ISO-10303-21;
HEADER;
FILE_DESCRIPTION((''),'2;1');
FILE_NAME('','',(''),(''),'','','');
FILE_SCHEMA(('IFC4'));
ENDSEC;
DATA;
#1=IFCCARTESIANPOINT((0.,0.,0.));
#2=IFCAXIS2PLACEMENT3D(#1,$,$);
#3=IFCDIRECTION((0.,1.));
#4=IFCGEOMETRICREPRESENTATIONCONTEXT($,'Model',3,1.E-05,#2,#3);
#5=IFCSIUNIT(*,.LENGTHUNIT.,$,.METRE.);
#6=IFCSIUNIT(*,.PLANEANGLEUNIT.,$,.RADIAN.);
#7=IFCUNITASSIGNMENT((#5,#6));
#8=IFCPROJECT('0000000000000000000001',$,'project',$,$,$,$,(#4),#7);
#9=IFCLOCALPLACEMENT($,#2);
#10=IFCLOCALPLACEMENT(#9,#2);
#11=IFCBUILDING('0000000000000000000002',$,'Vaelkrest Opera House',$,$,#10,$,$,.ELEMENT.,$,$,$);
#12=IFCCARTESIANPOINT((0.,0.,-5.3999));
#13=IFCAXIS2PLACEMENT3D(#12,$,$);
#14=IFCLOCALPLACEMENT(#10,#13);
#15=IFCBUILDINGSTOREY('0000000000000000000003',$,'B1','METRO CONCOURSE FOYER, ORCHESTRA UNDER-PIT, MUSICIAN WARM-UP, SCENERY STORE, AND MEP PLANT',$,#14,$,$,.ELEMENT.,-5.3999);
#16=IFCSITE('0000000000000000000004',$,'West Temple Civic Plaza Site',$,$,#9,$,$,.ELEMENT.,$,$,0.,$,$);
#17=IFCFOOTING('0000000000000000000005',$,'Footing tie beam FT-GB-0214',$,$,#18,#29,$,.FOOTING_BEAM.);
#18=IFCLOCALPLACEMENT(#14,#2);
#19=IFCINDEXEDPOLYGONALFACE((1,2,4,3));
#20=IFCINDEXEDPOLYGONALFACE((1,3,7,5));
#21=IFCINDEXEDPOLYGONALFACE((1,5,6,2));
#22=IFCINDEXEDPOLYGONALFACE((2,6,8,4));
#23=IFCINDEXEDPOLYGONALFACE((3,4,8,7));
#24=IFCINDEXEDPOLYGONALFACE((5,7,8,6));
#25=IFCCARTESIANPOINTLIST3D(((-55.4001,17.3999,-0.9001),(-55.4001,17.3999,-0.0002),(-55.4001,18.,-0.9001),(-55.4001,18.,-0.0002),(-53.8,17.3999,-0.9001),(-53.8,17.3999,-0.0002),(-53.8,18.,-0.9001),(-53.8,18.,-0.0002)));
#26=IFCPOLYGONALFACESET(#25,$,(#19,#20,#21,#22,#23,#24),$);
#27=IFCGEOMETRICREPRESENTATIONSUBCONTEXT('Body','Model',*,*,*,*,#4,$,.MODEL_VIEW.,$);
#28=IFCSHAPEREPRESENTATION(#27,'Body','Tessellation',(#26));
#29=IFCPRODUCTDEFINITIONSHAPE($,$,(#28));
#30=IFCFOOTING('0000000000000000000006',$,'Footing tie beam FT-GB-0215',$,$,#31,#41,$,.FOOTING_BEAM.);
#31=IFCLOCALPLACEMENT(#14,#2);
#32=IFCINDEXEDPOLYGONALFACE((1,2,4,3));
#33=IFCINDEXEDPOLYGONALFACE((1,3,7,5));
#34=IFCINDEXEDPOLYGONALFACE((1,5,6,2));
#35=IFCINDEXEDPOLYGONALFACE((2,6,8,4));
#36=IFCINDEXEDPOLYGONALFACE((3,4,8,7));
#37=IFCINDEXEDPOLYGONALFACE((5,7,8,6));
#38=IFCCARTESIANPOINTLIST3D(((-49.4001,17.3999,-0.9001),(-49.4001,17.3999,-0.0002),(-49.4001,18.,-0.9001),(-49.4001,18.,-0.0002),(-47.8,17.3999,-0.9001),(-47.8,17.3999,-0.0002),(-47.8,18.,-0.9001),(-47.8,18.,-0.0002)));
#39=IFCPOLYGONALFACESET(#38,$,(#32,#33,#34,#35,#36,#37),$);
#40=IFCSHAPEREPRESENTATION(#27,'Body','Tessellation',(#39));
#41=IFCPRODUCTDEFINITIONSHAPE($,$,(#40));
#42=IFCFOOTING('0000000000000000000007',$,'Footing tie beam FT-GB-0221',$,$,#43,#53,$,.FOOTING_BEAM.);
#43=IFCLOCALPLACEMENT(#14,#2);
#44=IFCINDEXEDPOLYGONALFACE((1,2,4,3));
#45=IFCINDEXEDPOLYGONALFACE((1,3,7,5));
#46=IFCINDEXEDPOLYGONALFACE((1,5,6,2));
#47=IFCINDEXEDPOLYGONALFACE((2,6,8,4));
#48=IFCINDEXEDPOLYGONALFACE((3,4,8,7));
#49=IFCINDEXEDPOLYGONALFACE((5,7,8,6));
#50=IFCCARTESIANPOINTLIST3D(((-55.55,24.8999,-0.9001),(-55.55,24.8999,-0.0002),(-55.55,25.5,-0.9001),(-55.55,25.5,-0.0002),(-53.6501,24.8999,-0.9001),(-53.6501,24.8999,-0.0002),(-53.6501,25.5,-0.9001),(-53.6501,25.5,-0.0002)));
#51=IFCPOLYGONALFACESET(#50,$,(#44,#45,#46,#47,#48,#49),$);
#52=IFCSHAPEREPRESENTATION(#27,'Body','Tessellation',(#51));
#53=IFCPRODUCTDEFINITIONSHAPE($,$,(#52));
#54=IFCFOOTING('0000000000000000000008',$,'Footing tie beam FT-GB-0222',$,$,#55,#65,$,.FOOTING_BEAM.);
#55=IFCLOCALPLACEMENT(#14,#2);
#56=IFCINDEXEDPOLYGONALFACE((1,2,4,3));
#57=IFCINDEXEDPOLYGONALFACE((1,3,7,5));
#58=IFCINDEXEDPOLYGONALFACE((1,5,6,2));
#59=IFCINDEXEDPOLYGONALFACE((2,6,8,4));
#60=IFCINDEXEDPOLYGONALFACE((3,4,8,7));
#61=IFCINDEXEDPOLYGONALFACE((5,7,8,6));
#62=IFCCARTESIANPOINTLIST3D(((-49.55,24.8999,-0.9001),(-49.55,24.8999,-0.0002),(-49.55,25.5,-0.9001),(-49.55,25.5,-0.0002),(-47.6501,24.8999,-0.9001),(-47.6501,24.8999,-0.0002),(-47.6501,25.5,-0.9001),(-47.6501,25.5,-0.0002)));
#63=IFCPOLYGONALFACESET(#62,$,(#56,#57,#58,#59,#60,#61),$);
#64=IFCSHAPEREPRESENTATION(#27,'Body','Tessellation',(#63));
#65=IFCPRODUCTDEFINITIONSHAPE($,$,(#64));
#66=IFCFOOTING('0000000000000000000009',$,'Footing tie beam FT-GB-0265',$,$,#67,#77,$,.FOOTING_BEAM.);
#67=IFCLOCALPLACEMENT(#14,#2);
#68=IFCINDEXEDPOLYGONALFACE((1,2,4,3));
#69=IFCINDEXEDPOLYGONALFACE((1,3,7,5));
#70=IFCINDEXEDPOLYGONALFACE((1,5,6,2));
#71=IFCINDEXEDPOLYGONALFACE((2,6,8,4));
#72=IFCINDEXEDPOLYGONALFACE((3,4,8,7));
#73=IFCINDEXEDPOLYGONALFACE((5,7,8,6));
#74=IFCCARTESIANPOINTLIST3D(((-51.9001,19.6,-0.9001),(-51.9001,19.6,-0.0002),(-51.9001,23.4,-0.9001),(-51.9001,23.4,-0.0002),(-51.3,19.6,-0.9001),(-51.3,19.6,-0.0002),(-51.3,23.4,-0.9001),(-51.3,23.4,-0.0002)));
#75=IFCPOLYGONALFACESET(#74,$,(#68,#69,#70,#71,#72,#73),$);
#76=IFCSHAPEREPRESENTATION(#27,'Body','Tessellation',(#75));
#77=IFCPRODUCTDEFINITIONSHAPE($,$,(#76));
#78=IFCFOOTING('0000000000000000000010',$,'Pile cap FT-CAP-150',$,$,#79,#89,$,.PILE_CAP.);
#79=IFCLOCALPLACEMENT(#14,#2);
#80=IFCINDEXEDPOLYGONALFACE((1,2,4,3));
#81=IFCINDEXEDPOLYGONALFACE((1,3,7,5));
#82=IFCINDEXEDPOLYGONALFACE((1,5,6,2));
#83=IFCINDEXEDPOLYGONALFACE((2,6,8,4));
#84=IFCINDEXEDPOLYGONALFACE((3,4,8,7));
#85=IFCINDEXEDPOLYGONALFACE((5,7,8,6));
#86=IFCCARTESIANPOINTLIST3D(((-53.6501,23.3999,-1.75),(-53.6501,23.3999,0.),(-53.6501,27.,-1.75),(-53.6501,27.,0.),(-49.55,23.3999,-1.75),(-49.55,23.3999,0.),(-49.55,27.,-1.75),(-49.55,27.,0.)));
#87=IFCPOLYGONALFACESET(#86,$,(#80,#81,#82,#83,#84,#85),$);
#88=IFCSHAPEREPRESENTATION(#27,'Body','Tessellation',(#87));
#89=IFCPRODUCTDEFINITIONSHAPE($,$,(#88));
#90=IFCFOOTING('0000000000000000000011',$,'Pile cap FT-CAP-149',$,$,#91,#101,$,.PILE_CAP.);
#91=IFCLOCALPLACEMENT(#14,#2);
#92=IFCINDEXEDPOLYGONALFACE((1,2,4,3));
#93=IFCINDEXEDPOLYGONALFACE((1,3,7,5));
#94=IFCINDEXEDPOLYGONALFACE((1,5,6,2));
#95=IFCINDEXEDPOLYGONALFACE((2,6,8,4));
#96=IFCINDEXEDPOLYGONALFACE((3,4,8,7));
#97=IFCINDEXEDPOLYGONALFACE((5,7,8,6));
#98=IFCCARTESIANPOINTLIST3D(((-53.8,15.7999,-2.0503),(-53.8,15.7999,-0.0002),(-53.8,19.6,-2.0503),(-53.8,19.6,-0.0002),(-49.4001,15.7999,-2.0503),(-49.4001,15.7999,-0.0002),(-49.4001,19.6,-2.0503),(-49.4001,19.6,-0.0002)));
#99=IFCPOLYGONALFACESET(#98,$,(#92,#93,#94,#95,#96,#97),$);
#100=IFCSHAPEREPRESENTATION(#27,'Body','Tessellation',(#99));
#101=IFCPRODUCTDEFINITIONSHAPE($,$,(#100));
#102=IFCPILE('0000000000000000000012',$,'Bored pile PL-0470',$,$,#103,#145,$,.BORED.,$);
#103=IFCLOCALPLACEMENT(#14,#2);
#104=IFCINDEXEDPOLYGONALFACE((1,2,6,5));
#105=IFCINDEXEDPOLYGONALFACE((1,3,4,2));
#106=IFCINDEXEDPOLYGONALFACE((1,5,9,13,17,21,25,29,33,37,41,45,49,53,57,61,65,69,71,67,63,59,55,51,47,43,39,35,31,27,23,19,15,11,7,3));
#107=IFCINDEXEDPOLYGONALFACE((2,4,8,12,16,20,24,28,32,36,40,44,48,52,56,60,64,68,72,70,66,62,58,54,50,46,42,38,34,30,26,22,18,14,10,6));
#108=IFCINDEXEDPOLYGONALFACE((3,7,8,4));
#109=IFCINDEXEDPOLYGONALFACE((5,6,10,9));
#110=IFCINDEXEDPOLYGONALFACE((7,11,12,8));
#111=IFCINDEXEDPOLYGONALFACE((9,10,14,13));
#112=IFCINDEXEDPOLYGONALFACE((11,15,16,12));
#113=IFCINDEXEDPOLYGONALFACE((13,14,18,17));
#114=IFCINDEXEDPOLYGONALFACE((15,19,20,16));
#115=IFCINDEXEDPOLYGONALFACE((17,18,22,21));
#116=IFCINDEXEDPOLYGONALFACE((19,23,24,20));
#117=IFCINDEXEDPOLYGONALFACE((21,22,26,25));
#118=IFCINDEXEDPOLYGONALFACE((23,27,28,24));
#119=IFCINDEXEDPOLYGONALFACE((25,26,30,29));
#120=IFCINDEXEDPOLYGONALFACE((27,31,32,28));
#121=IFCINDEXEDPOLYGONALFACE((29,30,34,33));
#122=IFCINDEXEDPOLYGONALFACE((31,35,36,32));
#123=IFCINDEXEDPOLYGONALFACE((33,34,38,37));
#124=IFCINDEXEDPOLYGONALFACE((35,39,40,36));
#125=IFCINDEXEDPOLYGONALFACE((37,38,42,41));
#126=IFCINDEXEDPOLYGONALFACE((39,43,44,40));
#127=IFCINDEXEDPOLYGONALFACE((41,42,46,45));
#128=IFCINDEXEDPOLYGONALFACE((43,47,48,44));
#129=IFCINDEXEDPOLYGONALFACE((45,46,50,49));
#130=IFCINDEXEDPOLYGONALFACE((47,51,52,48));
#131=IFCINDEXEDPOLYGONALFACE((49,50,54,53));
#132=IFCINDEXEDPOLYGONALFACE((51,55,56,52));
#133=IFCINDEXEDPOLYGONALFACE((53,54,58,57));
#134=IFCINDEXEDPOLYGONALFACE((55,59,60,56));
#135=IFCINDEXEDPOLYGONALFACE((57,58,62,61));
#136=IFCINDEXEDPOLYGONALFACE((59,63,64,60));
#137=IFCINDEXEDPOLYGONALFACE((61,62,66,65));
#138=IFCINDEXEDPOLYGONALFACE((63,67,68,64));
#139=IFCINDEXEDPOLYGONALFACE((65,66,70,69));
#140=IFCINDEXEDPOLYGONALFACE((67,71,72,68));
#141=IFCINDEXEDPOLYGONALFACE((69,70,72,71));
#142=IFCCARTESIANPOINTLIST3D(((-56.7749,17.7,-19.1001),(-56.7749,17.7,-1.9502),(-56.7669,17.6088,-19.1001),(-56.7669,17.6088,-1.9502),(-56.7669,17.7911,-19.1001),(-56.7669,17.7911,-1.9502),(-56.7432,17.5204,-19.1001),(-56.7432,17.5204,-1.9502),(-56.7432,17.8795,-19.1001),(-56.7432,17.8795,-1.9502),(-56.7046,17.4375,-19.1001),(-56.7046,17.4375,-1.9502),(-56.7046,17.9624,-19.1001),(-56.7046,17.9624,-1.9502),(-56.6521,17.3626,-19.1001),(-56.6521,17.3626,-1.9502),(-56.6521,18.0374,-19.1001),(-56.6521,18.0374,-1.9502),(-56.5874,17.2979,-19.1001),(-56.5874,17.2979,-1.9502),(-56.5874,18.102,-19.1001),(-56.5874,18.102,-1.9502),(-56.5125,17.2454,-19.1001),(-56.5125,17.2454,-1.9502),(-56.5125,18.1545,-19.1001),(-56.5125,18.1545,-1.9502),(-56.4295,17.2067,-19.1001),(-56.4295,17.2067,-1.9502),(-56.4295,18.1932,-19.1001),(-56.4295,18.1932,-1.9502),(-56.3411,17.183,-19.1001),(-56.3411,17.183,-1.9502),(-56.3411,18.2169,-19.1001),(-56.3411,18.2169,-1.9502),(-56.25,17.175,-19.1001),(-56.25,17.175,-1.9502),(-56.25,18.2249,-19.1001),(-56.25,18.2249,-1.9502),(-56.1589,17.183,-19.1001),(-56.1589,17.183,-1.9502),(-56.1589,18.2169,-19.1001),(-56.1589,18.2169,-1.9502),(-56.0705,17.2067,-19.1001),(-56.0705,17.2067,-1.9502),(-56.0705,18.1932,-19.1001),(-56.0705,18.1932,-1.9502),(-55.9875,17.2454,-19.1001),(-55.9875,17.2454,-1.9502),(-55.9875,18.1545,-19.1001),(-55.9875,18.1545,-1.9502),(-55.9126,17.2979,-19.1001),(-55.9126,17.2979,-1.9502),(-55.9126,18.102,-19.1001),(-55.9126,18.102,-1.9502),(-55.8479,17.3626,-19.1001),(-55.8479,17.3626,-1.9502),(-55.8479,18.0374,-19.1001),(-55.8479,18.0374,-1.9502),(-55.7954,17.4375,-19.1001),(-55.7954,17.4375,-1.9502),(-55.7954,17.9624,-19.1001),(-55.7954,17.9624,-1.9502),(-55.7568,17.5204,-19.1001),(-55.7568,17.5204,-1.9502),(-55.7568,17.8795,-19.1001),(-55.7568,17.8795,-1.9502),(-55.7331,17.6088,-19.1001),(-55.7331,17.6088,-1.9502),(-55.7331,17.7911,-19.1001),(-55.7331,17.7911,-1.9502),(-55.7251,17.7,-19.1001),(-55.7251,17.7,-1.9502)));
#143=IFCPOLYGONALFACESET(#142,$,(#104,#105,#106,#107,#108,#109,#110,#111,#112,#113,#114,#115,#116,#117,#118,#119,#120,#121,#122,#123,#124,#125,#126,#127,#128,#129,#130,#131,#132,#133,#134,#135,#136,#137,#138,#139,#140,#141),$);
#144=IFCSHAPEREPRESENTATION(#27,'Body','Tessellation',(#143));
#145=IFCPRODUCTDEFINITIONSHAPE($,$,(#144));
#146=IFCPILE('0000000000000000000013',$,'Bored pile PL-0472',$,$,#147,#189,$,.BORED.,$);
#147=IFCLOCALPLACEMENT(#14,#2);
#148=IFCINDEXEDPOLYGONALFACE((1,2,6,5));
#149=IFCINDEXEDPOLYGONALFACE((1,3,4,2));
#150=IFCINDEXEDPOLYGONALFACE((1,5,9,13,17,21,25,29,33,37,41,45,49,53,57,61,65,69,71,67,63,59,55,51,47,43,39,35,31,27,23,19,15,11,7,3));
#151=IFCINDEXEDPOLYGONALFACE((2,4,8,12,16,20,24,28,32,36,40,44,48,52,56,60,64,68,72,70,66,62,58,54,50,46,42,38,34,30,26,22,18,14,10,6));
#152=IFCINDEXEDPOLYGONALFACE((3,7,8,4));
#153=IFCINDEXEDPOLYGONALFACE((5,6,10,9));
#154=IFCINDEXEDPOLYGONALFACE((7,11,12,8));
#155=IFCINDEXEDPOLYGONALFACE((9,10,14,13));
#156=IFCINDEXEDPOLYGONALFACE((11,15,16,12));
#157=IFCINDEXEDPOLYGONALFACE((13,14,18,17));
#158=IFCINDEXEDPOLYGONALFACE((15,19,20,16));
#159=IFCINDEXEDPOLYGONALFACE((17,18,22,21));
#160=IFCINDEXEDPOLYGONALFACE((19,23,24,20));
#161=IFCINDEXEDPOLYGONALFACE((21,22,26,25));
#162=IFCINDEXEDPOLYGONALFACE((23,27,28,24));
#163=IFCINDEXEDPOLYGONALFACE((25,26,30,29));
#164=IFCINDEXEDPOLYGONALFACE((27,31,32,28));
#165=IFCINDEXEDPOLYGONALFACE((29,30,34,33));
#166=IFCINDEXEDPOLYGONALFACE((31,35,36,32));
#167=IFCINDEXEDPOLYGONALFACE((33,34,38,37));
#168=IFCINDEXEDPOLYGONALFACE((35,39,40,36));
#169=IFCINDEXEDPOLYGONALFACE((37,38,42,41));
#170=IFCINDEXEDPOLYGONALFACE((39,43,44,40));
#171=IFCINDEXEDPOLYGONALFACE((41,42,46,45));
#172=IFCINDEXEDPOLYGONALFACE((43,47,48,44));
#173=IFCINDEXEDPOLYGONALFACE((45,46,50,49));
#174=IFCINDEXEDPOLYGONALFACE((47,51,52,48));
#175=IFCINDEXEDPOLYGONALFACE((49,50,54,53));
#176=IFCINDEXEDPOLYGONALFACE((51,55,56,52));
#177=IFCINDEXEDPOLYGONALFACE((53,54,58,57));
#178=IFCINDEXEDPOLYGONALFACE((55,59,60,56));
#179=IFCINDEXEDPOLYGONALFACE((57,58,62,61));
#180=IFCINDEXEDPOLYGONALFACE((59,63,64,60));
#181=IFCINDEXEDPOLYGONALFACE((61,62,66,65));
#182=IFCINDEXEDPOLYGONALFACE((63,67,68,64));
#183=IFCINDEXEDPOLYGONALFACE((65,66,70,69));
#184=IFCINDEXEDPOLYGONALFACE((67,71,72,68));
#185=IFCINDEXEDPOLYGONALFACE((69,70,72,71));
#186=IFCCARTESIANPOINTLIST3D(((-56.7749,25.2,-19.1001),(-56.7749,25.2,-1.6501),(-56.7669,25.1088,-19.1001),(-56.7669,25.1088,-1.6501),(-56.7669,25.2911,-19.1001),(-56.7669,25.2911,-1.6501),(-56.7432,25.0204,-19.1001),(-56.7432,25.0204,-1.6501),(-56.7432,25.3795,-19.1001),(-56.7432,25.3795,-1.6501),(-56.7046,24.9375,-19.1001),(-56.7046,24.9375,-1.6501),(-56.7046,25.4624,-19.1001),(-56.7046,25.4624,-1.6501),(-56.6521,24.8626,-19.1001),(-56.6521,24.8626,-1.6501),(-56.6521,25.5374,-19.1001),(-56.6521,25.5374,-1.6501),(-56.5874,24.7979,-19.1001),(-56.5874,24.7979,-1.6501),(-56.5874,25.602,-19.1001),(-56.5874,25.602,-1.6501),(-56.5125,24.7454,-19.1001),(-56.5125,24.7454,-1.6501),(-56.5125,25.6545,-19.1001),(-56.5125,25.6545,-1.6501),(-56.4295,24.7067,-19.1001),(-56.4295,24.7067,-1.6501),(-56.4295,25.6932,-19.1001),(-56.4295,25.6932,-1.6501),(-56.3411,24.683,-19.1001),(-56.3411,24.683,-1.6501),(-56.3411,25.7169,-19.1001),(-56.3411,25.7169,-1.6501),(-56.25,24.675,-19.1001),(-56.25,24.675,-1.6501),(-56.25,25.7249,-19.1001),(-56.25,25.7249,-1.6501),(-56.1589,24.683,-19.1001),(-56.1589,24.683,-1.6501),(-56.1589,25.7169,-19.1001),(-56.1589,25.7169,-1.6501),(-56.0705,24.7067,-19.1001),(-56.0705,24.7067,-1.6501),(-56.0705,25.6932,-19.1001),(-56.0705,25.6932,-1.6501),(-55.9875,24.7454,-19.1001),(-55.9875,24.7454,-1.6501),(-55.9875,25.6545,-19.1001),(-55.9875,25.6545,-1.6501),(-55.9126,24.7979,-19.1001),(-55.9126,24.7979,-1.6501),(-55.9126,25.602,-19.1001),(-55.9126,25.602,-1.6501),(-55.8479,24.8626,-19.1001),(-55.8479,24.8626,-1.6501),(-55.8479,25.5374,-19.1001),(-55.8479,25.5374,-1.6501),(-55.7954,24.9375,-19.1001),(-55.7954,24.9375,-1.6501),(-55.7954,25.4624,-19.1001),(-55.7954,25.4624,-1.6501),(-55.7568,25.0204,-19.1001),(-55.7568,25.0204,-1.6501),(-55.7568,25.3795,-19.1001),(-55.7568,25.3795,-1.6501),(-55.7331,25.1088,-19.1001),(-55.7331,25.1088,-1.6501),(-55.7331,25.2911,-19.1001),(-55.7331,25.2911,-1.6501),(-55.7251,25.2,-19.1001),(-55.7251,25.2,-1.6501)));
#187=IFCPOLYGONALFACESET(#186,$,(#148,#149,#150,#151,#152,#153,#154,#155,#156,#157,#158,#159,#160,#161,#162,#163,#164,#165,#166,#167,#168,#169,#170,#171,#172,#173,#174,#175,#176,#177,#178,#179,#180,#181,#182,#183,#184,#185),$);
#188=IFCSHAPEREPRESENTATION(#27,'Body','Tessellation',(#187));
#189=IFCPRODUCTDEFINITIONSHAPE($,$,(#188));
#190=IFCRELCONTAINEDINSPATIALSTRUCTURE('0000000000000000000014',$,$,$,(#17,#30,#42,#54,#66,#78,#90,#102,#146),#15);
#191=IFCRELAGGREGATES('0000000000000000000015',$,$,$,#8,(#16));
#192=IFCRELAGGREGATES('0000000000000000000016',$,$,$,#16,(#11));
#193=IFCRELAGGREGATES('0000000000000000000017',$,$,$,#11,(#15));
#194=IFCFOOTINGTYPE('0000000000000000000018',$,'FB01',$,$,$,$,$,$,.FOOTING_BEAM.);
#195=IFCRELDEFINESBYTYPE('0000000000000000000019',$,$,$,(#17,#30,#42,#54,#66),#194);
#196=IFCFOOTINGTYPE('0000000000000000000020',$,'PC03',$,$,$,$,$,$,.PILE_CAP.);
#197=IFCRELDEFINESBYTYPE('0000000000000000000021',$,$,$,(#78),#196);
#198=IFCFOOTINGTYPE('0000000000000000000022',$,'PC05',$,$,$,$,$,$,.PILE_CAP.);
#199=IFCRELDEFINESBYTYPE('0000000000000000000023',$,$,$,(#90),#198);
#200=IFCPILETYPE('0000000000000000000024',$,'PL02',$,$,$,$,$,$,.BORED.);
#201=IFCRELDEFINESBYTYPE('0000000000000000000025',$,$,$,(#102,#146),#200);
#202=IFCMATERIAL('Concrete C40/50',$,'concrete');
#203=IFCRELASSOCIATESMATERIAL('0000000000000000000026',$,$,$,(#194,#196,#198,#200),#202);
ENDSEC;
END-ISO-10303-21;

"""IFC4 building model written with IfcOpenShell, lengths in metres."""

from ifc_helpers import new_model, si_unit, direction, frame, origin, origin_2d, place, context, subcontext, project, spatial, rectangle, circle, extrude, material, material_profile, profile_set, type_object, element, save


model = new_model("IFC4")

# Units and contexts
model_context = context("Model", 3, precision=1e-05, world=origin(), true_north=direction((0.0, 1.0)))
body_context = subcontext(model_context, "Body", "Model", "MODEL_VIEW")
ifc_project = project(units=[si_unit("LENGTHUNIT", "METRE"), si_unit("PLANEANGLEUNIT", "RADIAN")], contexts=[model_context])

# Site, building, storey
site_placement = place(None, origin())
site = spatial("IfcSite", under=ifc_project, at=site_placement, Name="West Temple Civic Plaza Site", CompositionType="ELEMENT", RefElevation=0.0)
building_placement = place(site_placement, origin())
building = spatial("IfcBuilding", under=site, at=building_placement, Name="Vaelkrest Opera House", CompositionType="ELEMENT")
storey_placement = place(building_placement, frame((0.0, 0.0, -5.3999)))
storey = spatial("IfcBuildingStorey", under=building, at=storey_placement, Name="B1", Description="METRO CONCOURSE FOYER, ORCHESTRA UNDER-PIT, MUSICIAN WARM-UP, SCENERY STORE, AND MEP PLANT", CompositionType="ELEMENT", Elevation=-5.3999)

# Footings
ifc_material_1 = material(Name="Concrete C40/50", Category="concrete")
footing_type_1 = type_object("IfcFootingType", Name="FB01", PredefinedType="FOOTING_BEAM", material=ifc_material_1)
for number, where, z_axis, x_axis, name in (
    (1, (-54.6001, 17.7, -0.9001), (0.0, 0.0, 1.0), (1.0, 0.0, 0.0), "Footing tie beam FT-GB-0214"),
    (2, (-48.6001, 17.7, -0.9001), (0.0, 0.0, 1.0), (1.0, 0.0, 0.0), "Footing tie beam FT-GB-0215"),
):
    element("IfcFooting", number, at=place(storey_placement, frame(where, z_axis=z_axis, x_axis=x_axis)), inside=storey, type_object=footing_type_1, Name=name, PredefinedType="FOOTING_BEAM", context=body_context, shape_type="SweptSolid", body=[
        extrude(rectangle(XDim=1.6001, YDim=0.6001, at=origin_2d()), origin(), (0.0, 0.0, 1.0), 0.8999),
    ])
for number, where, z_axis, x_axis, name in (
    (3, (-54.6001, 25.2, -0.9001), (0.0, 0.0, 1.0), (1.0, 0.0, 0.0), "Footing tie beam FT-GB-0221"),
    (4, (-48.6001, 25.2, -0.9001), (0.0, 0.0, 1.0), (1.0, 0.0, 0.0), "Footing tie beam FT-GB-0222"),
):
    element("IfcFooting", number, at=place(storey_placement, frame(where, z_axis=z_axis, x_axis=x_axis)), inside=storey, type_object=footing_type_1, Name=name, PredefinedType="FOOTING_BEAM", context=body_context, shape_type="SweptSolid", body=[
        extrude(rectangle(XDim=1.8999, YDim=0.6001, at=origin_2d()), origin(), (0.0, 0.0, 1.0), 0.8999),
    ])
footing_1_placement = place(storey_placement, frame((-51.6001, 21.5, -0.9001), z_axis=(0.0, 0.0, 1.0), x_axis=(0.0, 1.0, 0.0)))
element("IfcFooting", 5, at=footing_1_placement, inside=storey, type_object=footing_type_1, Name="Footing tie beam FT-GB-0265", PredefinedType="FOOTING_BEAM", context=body_context, shape_type="SweptSolid", body=[
    extrude(rectangle(XDim=3.8, YDim=0.6001, at=origin_2d()), origin(), (0.0, 0.0, 1.0), 0.8999),
])
footing_type_2 = type_object("IfcFootingType", Name="PC03", PredefinedType="PILE_CAP", material=ifc_material_1)
footing_2_placement = place(storey_placement, frame((-51.6001, 25.2, -1.75), z_axis=(0.0, 0.0, 1.0), x_axis=(1.0, 0.0, 0.0)))
element("IfcFooting", 6, at=footing_2_placement, inside=storey, type_object=footing_type_2, Name="Pile cap FT-CAP-150", PredefinedType="PILE_CAP", context=body_context, shape_type="SweptSolid", body=[
    extrude(rectangle(XDim=4.1001, YDim=3.6001, at=origin_2d()), origin(), (0.0, 0.0, 1.0), 1.75),
])
footing_type_3 = type_object("IfcFootingType", Name="PC05", PredefinedType="PILE_CAP", material=ifc_material_1)
footing_3_placement = place(storey_placement, frame((-51.6001, 17.7, -2.0503), z_axis=(0.0, 0.0, 1.0), x_axis=(1.0, 0.0, 0.0)))
element("IfcFooting", 7, at=footing_3_placement, inside=storey, type_object=footing_type_3, Name="Pile cap FT-CAP-149", PredefinedType="PILE_CAP", context=body_context, shape_type="SweptSolid", body=[
    extrude(rectangle(XDim=4.3999, YDim=3.8, at=origin_2d()), origin(), (0.0, 0.0, 1.0), 2.05),
])

# Piles
ifc_material_profile_1 = material_profile(ifc_material_1, circle(Radius=0.5249, at=origin_2d()), Name="PILE1050")
ifc_profile_set_1 = profile_set([ifc_material_profile_1], Name="Concrete C40/50")
pile_type = type_object("IfcPileType", Name="PL02", PredefinedType="BORED", material=ifc_profile_set_1)
pile_1_placement = place(storey_placement, frame((-56.25, 17.7, -1.9502), z_axis=(0.0, 0.0, -1.0), x_axis=(1.0, 0.0, 0.0)))
element("IfcPile", 8, at=pile_1_placement, inside=storey, type_object=pile_type, Name="Bored pile PL-0470", PredefinedType="BORED", context=body_context, shape_type="SweptSolid", body=[
    extrude(circle(Radius=0.5249, at=origin_2d()), origin(), (0.0, 0.0, 1.0), 17.1499),
])
pile_2_placement = place(storey_placement, frame((-56.25, 25.2, -1.6501), z_axis=(0.0, 0.0, -1.0), x_axis=(1.0, 0.0, 0.0)))
element("IfcPile", 9, at=pile_2_placement, inside=storey, type_object=pile_type, Name="Bored pile PL-0472", PredefinedType="BORED", context=body_context, shape_type="SweptSolid", body=[
    extrude(circle(Radius=0.5249, at=origin_2d()), origin(), (0.0, 0.0, 1.0), 17.45),
])

save(model, "model.ifc")
